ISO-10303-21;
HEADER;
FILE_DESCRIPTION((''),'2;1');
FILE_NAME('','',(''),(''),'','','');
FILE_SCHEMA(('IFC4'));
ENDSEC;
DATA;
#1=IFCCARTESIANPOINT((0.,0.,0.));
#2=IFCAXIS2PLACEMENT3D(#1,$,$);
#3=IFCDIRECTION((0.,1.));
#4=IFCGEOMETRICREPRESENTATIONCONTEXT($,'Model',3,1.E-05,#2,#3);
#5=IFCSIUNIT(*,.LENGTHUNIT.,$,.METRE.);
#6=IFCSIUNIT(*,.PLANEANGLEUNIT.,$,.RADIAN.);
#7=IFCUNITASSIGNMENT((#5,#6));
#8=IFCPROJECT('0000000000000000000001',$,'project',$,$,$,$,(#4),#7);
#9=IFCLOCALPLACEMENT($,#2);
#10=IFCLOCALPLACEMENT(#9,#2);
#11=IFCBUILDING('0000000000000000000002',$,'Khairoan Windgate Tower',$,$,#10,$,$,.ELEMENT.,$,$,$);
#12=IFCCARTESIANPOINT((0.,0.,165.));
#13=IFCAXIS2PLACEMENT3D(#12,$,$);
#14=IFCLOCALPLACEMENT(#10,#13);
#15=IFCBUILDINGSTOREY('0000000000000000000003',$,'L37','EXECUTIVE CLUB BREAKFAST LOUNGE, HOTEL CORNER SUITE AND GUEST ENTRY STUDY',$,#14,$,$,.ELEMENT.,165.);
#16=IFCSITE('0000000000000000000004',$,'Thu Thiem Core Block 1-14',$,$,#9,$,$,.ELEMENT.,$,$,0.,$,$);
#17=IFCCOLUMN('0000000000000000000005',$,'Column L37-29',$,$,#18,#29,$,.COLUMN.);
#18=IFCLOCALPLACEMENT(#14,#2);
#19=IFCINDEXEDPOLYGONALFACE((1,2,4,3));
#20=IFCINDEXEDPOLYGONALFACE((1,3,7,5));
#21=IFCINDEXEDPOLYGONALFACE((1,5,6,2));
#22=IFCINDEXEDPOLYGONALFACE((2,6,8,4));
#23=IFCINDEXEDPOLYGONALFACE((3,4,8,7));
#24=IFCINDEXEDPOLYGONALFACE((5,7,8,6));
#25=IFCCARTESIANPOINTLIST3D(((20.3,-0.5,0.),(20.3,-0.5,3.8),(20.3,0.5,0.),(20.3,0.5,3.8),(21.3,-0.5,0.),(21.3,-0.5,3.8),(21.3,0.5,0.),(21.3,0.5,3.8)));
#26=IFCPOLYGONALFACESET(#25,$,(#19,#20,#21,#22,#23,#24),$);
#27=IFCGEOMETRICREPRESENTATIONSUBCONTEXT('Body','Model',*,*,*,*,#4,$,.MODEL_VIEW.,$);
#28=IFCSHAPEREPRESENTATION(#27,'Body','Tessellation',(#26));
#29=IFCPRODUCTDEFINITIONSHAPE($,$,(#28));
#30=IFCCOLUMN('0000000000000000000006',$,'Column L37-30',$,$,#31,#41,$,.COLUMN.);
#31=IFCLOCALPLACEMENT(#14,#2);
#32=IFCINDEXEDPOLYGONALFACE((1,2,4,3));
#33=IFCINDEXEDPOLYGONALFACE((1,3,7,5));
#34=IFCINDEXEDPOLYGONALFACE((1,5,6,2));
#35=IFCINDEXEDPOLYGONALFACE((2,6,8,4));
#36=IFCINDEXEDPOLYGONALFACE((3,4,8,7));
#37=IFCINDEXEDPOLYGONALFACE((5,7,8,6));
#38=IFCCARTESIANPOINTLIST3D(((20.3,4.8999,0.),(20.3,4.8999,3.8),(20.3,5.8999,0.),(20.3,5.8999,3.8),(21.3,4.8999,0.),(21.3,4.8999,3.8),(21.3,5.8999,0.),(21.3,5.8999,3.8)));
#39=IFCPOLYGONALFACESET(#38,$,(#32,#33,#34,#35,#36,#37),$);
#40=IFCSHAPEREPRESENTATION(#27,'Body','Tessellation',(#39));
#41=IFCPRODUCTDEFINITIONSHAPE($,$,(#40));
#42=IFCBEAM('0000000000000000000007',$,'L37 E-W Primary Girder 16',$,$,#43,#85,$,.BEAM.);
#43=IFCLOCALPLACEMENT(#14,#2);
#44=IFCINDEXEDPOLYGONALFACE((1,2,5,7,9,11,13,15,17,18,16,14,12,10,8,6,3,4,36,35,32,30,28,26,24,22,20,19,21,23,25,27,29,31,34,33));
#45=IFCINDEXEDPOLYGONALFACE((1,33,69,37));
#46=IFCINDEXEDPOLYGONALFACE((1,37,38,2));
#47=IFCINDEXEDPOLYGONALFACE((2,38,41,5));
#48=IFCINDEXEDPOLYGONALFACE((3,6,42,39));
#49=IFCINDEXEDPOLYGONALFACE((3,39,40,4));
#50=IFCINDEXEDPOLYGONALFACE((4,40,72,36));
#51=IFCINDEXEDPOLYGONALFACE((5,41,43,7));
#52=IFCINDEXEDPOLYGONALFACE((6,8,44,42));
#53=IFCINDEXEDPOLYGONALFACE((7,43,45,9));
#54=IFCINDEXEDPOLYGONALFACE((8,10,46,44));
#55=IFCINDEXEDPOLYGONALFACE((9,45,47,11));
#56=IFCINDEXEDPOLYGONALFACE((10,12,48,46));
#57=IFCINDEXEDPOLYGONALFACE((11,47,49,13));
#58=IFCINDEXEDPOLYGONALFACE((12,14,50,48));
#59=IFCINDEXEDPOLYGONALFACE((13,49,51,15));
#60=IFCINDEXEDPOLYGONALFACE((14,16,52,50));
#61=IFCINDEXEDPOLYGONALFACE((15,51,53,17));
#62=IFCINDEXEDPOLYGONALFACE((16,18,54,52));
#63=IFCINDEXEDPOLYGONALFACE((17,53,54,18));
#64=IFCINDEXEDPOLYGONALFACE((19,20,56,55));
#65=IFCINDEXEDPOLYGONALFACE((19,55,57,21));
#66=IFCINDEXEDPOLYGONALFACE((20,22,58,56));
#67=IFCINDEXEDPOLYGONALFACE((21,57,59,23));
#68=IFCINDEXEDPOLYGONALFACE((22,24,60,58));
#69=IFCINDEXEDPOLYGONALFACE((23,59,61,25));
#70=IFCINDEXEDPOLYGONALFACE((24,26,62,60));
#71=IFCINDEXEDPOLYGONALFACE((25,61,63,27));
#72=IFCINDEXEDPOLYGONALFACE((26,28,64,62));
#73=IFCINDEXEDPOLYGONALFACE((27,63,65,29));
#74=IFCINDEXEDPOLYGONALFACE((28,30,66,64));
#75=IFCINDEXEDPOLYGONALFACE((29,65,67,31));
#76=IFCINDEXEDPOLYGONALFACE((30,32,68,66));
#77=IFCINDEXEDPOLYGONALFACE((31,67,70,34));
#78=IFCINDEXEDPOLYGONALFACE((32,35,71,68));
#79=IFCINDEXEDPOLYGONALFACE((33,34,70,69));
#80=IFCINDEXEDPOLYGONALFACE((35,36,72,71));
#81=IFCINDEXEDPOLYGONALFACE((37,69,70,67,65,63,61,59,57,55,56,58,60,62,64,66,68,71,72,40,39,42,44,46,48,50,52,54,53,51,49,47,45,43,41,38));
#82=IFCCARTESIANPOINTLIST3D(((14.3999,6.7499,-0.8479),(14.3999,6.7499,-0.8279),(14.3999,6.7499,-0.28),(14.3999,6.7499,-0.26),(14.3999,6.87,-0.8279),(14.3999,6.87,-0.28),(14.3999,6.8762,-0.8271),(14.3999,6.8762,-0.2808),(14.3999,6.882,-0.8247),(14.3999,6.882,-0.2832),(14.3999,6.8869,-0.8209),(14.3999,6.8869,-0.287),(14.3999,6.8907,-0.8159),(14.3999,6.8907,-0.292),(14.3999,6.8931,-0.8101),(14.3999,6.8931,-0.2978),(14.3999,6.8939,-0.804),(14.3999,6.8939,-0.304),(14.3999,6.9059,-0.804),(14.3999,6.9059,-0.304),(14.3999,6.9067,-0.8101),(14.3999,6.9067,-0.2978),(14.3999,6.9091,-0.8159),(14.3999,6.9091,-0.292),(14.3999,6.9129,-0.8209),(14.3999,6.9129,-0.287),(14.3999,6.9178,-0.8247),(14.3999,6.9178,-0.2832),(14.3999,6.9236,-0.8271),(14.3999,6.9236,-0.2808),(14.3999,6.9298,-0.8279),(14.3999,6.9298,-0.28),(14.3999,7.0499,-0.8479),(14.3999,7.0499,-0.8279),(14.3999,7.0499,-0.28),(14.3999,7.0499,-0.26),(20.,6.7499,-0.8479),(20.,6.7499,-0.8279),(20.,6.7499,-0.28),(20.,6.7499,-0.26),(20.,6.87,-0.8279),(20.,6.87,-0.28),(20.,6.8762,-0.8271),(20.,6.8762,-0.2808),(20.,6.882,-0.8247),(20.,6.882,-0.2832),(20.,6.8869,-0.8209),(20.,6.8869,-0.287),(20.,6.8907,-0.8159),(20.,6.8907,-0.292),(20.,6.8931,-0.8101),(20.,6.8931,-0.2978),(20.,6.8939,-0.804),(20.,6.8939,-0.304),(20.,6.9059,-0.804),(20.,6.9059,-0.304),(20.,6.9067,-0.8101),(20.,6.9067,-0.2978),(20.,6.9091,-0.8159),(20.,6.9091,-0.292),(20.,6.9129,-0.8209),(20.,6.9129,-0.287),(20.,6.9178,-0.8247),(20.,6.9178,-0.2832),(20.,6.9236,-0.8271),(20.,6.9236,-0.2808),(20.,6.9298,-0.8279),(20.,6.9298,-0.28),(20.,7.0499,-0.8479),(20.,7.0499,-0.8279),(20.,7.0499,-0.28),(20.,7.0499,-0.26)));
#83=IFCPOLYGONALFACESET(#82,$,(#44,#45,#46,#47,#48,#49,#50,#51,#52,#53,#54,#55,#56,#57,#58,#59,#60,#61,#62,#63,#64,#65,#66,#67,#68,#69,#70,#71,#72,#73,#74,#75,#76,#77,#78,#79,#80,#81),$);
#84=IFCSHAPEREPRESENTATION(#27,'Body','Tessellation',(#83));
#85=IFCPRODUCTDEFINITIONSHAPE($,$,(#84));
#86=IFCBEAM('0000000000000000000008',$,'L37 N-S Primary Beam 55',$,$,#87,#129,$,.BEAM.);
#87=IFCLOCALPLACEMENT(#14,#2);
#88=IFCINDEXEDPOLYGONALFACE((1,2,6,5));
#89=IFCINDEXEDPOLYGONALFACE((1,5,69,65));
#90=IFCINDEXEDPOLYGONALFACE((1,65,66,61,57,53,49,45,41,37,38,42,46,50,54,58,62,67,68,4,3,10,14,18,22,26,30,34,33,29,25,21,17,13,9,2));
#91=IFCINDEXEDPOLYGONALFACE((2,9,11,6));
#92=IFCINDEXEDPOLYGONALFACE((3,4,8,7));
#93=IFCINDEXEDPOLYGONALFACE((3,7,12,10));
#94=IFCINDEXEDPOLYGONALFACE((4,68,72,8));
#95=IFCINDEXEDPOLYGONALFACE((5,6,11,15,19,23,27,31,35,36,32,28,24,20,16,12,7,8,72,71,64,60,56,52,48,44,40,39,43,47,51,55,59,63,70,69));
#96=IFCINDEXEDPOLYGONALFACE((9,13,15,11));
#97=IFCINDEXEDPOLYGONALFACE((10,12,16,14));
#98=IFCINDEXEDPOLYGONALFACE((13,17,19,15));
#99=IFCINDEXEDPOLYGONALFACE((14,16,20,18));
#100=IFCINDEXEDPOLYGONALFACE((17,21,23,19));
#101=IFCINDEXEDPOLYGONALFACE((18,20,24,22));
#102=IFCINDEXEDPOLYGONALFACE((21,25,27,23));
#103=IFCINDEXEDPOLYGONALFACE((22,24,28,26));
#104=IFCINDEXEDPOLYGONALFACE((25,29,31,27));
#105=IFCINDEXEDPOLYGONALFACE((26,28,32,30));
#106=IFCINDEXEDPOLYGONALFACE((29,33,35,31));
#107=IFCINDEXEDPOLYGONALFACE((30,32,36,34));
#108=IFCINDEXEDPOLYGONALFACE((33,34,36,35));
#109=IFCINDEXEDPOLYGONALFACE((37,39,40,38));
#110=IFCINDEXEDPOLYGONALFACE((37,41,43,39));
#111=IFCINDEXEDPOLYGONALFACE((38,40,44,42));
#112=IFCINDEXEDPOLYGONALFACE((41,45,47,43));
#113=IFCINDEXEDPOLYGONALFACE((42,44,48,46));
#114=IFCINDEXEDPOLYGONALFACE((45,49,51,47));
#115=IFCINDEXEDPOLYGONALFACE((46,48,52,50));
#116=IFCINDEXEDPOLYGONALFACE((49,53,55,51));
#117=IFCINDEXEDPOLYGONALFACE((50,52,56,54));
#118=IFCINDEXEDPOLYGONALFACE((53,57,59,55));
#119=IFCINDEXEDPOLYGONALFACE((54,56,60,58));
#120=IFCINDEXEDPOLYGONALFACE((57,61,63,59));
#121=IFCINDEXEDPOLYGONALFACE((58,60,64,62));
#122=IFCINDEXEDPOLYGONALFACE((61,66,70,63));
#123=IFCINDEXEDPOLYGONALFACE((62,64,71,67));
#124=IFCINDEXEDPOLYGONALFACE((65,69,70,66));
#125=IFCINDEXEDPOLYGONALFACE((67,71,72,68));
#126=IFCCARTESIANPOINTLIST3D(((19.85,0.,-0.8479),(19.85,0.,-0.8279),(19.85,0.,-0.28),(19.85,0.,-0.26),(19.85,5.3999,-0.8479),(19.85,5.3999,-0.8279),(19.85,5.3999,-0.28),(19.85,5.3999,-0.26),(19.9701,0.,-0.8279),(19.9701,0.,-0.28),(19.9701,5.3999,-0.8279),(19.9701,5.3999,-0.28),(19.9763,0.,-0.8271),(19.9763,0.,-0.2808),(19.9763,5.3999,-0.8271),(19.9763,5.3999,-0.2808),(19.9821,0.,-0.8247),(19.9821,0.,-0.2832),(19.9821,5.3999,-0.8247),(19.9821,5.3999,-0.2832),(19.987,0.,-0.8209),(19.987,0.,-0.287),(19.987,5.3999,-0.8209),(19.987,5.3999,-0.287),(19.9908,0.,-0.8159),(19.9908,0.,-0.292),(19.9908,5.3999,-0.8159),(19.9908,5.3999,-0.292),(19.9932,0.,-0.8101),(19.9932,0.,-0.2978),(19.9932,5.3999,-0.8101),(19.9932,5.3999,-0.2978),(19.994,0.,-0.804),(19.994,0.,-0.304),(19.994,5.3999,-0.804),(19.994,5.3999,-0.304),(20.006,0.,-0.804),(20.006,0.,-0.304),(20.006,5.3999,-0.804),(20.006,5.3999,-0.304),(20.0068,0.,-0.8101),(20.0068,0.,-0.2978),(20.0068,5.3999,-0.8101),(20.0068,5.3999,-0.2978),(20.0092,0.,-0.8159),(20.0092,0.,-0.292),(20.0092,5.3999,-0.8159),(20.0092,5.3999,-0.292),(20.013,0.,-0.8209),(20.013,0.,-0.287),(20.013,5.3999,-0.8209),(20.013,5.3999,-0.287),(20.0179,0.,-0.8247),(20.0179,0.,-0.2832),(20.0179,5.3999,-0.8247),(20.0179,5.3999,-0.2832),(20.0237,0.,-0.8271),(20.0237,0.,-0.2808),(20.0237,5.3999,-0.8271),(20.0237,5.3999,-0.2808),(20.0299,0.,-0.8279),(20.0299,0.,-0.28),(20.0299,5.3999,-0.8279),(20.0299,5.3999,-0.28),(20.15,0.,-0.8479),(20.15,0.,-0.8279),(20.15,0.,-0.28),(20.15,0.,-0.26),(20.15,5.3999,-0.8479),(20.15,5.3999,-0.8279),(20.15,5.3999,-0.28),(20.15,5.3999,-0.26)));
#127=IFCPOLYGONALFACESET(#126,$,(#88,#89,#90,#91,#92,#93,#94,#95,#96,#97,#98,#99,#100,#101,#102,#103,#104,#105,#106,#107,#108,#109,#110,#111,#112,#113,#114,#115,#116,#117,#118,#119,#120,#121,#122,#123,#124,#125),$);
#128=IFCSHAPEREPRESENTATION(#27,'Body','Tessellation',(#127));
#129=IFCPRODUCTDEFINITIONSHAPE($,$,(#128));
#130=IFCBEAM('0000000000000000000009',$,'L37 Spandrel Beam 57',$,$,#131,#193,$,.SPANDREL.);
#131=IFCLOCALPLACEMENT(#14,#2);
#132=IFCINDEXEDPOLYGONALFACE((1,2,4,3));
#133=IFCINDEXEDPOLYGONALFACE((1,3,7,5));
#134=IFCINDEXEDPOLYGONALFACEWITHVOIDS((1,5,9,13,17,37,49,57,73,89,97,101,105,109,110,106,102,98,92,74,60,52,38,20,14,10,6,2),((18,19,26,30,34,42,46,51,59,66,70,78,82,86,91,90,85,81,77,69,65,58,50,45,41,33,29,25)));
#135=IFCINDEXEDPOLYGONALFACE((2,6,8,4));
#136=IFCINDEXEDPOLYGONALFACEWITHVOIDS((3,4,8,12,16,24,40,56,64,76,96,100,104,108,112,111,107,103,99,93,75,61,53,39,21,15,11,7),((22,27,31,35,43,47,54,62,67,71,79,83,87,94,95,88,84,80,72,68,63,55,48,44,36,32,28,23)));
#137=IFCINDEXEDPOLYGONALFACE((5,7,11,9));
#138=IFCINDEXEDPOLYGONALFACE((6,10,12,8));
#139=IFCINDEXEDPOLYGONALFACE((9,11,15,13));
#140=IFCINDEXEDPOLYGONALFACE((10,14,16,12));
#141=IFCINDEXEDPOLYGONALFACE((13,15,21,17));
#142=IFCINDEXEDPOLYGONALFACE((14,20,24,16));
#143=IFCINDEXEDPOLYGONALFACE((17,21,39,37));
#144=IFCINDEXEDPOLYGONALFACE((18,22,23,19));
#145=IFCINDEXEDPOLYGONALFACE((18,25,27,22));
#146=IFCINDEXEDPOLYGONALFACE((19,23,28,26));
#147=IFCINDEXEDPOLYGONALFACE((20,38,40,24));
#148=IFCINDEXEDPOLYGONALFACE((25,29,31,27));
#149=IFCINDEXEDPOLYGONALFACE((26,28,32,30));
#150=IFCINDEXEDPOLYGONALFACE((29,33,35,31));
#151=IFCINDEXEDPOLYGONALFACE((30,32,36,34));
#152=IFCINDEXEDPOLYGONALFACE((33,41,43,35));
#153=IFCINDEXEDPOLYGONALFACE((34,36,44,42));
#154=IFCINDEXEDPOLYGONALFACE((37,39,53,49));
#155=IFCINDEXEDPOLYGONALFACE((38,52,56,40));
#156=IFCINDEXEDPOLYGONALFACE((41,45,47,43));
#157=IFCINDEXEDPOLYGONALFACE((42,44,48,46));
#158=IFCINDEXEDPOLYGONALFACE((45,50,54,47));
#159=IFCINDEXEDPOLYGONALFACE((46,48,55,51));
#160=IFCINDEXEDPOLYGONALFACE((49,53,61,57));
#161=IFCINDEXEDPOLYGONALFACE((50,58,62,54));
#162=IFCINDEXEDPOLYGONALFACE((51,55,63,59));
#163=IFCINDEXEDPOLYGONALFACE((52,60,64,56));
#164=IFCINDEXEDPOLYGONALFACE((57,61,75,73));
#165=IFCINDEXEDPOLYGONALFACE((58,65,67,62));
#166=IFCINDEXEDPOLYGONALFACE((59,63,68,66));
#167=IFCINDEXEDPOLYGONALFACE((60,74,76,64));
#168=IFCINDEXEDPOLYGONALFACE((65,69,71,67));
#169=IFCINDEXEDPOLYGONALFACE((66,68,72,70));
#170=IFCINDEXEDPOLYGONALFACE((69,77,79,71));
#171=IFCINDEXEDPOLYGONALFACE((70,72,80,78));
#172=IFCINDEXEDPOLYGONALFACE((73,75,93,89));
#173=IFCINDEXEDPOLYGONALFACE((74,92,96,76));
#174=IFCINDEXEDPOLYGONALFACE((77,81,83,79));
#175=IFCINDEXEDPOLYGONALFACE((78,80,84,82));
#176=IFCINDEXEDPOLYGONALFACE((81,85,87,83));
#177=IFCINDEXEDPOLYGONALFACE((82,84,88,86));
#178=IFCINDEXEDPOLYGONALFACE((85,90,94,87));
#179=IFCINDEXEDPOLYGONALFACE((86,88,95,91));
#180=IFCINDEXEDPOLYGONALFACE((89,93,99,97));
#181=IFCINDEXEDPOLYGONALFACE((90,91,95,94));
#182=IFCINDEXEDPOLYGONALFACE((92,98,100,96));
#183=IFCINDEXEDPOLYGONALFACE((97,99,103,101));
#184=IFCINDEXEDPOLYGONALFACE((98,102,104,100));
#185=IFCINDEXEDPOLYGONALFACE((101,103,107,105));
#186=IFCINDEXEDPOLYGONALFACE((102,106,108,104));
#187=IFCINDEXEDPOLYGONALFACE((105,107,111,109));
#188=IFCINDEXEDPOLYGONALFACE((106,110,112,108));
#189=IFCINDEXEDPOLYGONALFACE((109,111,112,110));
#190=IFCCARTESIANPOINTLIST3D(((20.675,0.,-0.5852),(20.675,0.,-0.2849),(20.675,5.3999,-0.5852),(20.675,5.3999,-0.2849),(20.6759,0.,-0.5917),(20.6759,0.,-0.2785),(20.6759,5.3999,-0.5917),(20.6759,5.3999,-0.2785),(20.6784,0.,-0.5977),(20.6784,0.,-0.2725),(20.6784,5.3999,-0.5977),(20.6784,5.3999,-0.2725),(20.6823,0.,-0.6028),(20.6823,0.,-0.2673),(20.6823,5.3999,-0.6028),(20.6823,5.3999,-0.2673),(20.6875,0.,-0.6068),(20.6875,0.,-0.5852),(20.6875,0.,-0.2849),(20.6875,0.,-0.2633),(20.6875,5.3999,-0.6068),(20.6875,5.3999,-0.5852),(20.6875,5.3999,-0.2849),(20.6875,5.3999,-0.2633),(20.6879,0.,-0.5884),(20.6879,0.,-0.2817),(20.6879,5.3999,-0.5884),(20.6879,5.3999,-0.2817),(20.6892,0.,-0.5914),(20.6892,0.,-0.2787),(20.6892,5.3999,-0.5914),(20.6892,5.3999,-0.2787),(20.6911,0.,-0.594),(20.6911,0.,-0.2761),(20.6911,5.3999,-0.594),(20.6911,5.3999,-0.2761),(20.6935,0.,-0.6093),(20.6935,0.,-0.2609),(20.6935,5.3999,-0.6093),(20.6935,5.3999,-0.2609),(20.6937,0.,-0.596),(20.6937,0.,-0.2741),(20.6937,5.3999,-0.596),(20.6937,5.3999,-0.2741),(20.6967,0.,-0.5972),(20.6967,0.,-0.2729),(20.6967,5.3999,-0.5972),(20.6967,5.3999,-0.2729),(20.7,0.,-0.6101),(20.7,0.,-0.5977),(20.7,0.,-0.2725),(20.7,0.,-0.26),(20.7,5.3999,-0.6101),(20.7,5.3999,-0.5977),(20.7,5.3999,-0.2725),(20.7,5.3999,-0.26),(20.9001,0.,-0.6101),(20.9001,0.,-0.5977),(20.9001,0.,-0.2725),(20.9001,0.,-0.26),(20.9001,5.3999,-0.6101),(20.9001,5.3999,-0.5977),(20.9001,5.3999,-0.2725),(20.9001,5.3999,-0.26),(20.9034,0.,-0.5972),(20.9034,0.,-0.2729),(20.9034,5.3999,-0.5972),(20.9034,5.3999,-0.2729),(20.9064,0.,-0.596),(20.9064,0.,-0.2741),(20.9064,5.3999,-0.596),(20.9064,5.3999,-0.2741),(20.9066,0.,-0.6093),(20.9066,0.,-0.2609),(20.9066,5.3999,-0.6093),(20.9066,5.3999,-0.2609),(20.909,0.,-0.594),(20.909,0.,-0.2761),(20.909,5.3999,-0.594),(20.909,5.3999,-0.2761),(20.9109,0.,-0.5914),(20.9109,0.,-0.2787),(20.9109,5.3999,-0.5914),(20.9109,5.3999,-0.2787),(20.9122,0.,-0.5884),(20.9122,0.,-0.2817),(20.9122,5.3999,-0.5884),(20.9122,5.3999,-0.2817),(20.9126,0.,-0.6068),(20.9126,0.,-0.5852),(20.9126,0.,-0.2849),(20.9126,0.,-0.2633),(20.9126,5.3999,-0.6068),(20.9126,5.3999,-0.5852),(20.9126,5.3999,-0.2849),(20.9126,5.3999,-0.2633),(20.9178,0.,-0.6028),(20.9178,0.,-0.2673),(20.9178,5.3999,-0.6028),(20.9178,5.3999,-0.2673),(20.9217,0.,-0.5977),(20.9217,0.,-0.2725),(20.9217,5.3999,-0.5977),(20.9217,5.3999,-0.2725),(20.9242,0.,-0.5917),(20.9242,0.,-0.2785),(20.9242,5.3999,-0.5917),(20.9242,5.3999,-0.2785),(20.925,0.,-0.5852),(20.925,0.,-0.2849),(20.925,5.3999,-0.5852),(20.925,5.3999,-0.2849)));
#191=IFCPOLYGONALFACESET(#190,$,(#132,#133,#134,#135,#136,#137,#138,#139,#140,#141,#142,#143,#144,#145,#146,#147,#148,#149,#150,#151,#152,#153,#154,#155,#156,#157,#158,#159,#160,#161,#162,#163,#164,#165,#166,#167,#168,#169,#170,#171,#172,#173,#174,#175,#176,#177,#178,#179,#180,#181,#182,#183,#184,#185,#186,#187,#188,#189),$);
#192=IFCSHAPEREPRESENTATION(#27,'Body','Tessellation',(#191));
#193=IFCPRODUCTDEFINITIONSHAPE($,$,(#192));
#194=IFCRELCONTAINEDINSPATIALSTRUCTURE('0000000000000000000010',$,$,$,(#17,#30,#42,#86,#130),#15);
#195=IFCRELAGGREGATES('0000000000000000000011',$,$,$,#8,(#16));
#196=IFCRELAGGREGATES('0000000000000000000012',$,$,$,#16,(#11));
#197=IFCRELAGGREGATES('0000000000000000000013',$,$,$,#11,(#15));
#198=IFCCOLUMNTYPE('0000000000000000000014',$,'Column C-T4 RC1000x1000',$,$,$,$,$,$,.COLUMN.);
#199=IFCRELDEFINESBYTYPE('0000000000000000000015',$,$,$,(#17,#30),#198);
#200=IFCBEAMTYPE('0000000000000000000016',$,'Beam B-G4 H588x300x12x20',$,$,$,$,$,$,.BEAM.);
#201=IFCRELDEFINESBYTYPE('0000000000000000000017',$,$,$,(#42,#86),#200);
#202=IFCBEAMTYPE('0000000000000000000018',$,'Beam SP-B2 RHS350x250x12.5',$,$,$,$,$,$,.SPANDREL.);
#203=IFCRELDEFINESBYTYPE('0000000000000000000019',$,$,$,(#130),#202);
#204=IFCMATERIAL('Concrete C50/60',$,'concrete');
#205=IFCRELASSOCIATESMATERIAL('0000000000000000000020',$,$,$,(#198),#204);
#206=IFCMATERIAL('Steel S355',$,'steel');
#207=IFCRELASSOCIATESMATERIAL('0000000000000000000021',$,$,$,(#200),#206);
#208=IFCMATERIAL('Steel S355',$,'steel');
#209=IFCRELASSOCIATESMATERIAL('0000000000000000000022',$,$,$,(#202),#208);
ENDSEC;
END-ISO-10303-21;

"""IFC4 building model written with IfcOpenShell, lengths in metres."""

from ifc_helpers import new_model, si_unit, direction, frame, origin, origin_2d, place, context, subcontext, project, spatial, rectangle, hollow_rectangle, i_section, extrude, material, material_profile, profile_set, type_object, element, save


model = new_model("IFC4")

# Units and contexts
model_context = context("Model", 3, precision=1e-05, world=origin(), true_north=direction((0.0, 1.0)))
body_context = subcontext(model_context, "Body", "Model", "MODEL_VIEW")
ifc_project = project(units=[si_unit("LENGTHUNIT", "METRE"), si_unit("PLANEANGLEUNIT", "RADIAN")], contexts=[model_context])

# Site, building, storey
site_placement = place(None, origin())
site = spatial("IfcSite", under=ifc_project, at=site_placement, Name="Thu Thiem Core Block 1-14", CompositionType="ELEMENT", RefElevation=0.0)
building_placement = place(site_placement, origin())
building = spatial("IfcBuilding", under=site, at=building_placement, Name="Khairoan Windgate Tower", CompositionType="ELEMENT")
storey_placement = place(building_placement, frame((0.0, 0.0, 165.0)))
storey = spatial("IfcBuildingStorey", under=building, at=storey_placement, Name="L37", Description="EXECUTIVE CLUB BREAKFAST LOUNGE, HOTEL CORNER SUITE AND GUEST ENTRY STUDY", CompositionType="ELEMENT", Elevation=165.0)

# Columns
ifc_material_1 = material(Name="Concrete C50/60", Category="concrete")
ifc_material_profile_1 = material_profile(ifc_material_1, rectangle(XDim=1.0, YDim=1.0, at=origin_2d()))
ifc_profile_set_1 = profile_set([ifc_material_profile_1], Name="Concrete C50/60")
column_type = type_object("IfcColumnType", Name="Column C-T4 RC1000x1000", PredefinedType="COLUMN", material=ifc_profile_set_1)
for number, where, z_axis, x_axis, name in (
    (1, (20.8, 0.0, 0.0), (0.0, 0.0, 1.0), (1.0, 0.0, 0.0), "Column L37-29"),
    (2, (20.8, 5.3999, 0.0), (0.0, 0.0, 1.0), (1.0, 0.0, 0.0), "Column L37-30"),
):
    element("IfcColumn", number, at=place(storey_placement, frame(where, z_axis=z_axis, x_axis=x_axis)), inside=storey, type_object=column_type, Name=name, PredefinedType="COLUMN", context=body_context, shape_type="SweptSolid", body=[
        extrude(rectangle(XDim=1.0, YDim=1.0, at=origin_2d()), origin(), (0.0, 0.0, 1.0), 3.8),
    ])

# Beams
ifc_material_2 = material(Name="Steel S355", Category="steel")
ifc_material_profile_2 = material_profile(ifc_material_2, i_section(OverallWidth=0.3, OverallDepth=0.5879, WebThickness=0.012, FlangeThickness=0.02, FilletRadius=0.0239, at=origin_2d()))
ifc_profile_set_2 = profile_set([ifc_material_profile_2], Name="Steel S355")
beam_type_1 = type_object("IfcBeamType", Name="Beam B-G4 H588x300x12x20", PredefinedType="BEAM", material=ifc_profile_set_2)
beam_1_placement = place(storey_placement, frame((14.3999, 6.8999, -0.554), z_axis=(1.0, 0.0, 0.0), x_axis=(0.0, 1.0, 0.0)))
element("IfcBeam", 3, at=beam_1_placement, inside=storey, type_object=beam_type_1, Name="L37 E-W Primary Girder 16", PredefinedType="BEAM", context=body_context, shape_type="SweptSolid", body=[
    extrude(i_section(OverallWidth=0.3, OverallDepth=0.5879, WebThickness=0.012, FlangeThickness=0.02, FilletRadius=0.0239, at=origin_2d()), origin(), (0.0, 0.0, 1.0), 5.6001),
])
beam_2_placement = place(storey_placement, frame((20.0, 0.0, -0.554), z_axis=(0.0, 1.0, 0.0), x_axis=(-1.0, 0.0, 0.0)))
element("IfcBeam", 4, at=beam_2_placement, inside=storey, type_object=beam_type_1, Name="L37 N-S Primary Beam 55", PredefinedType="BEAM", context=body_context, shape_type="SweptSolid", body=[
    extrude(i_section(OverallWidth=0.3, OverallDepth=0.5879, WebThickness=0.012, FlangeThickness=0.02, FilletRadius=0.0239, at=origin_2d()), origin(), (0.0, 0.0, 1.0), 5.3999),
])
ifc_material_3 = material(Name="Steel S355", Category="steel")
ifc_material_profile_3 = material_profile(ifc_material_3, hollow_rectangle(XDim=0.25, YDim=0.3501, WallThickness=0.0125, InnerFilletRadius=0.0125, OuterFilletRadius=0.0249, at=origin_2d()))
ifc_profile_set_3 = profile_set([ifc_material_profile_3], Name="Steel S355")
beam_type_2 = type_object("IfcBeamType", Name="Beam SP-B2 RHS350x250x12.5", PredefinedType="SPANDREL", material=ifc_profile_set_3)
beam_3_placement = place(storey_placement, frame((20.8, 0.0, -0.4351), z_axis=(0.0, 1.0, 0.0), x_axis=(-1.0, 0.0, 0.0)))
element("IfcBeam", 5, at=beam_3_placement, inside=storey, type_object=beam_type_2, Name="L37 Spandrel Beam 57", PredefinedType="SPANDREL", context=body_context, shape_type="SweptSolid", body=[
    extrude(hollow_rectangle(XDim=0.25, YDim=0.3501, WallThickness=0.0125, InnerFilletRadius=0.0125, OuterFilletRadius=0.0249, at=origin_2d()), origin(), (0.0, 0.0, 1.0), 5.3999),
])

save(model, "model.ifc")
